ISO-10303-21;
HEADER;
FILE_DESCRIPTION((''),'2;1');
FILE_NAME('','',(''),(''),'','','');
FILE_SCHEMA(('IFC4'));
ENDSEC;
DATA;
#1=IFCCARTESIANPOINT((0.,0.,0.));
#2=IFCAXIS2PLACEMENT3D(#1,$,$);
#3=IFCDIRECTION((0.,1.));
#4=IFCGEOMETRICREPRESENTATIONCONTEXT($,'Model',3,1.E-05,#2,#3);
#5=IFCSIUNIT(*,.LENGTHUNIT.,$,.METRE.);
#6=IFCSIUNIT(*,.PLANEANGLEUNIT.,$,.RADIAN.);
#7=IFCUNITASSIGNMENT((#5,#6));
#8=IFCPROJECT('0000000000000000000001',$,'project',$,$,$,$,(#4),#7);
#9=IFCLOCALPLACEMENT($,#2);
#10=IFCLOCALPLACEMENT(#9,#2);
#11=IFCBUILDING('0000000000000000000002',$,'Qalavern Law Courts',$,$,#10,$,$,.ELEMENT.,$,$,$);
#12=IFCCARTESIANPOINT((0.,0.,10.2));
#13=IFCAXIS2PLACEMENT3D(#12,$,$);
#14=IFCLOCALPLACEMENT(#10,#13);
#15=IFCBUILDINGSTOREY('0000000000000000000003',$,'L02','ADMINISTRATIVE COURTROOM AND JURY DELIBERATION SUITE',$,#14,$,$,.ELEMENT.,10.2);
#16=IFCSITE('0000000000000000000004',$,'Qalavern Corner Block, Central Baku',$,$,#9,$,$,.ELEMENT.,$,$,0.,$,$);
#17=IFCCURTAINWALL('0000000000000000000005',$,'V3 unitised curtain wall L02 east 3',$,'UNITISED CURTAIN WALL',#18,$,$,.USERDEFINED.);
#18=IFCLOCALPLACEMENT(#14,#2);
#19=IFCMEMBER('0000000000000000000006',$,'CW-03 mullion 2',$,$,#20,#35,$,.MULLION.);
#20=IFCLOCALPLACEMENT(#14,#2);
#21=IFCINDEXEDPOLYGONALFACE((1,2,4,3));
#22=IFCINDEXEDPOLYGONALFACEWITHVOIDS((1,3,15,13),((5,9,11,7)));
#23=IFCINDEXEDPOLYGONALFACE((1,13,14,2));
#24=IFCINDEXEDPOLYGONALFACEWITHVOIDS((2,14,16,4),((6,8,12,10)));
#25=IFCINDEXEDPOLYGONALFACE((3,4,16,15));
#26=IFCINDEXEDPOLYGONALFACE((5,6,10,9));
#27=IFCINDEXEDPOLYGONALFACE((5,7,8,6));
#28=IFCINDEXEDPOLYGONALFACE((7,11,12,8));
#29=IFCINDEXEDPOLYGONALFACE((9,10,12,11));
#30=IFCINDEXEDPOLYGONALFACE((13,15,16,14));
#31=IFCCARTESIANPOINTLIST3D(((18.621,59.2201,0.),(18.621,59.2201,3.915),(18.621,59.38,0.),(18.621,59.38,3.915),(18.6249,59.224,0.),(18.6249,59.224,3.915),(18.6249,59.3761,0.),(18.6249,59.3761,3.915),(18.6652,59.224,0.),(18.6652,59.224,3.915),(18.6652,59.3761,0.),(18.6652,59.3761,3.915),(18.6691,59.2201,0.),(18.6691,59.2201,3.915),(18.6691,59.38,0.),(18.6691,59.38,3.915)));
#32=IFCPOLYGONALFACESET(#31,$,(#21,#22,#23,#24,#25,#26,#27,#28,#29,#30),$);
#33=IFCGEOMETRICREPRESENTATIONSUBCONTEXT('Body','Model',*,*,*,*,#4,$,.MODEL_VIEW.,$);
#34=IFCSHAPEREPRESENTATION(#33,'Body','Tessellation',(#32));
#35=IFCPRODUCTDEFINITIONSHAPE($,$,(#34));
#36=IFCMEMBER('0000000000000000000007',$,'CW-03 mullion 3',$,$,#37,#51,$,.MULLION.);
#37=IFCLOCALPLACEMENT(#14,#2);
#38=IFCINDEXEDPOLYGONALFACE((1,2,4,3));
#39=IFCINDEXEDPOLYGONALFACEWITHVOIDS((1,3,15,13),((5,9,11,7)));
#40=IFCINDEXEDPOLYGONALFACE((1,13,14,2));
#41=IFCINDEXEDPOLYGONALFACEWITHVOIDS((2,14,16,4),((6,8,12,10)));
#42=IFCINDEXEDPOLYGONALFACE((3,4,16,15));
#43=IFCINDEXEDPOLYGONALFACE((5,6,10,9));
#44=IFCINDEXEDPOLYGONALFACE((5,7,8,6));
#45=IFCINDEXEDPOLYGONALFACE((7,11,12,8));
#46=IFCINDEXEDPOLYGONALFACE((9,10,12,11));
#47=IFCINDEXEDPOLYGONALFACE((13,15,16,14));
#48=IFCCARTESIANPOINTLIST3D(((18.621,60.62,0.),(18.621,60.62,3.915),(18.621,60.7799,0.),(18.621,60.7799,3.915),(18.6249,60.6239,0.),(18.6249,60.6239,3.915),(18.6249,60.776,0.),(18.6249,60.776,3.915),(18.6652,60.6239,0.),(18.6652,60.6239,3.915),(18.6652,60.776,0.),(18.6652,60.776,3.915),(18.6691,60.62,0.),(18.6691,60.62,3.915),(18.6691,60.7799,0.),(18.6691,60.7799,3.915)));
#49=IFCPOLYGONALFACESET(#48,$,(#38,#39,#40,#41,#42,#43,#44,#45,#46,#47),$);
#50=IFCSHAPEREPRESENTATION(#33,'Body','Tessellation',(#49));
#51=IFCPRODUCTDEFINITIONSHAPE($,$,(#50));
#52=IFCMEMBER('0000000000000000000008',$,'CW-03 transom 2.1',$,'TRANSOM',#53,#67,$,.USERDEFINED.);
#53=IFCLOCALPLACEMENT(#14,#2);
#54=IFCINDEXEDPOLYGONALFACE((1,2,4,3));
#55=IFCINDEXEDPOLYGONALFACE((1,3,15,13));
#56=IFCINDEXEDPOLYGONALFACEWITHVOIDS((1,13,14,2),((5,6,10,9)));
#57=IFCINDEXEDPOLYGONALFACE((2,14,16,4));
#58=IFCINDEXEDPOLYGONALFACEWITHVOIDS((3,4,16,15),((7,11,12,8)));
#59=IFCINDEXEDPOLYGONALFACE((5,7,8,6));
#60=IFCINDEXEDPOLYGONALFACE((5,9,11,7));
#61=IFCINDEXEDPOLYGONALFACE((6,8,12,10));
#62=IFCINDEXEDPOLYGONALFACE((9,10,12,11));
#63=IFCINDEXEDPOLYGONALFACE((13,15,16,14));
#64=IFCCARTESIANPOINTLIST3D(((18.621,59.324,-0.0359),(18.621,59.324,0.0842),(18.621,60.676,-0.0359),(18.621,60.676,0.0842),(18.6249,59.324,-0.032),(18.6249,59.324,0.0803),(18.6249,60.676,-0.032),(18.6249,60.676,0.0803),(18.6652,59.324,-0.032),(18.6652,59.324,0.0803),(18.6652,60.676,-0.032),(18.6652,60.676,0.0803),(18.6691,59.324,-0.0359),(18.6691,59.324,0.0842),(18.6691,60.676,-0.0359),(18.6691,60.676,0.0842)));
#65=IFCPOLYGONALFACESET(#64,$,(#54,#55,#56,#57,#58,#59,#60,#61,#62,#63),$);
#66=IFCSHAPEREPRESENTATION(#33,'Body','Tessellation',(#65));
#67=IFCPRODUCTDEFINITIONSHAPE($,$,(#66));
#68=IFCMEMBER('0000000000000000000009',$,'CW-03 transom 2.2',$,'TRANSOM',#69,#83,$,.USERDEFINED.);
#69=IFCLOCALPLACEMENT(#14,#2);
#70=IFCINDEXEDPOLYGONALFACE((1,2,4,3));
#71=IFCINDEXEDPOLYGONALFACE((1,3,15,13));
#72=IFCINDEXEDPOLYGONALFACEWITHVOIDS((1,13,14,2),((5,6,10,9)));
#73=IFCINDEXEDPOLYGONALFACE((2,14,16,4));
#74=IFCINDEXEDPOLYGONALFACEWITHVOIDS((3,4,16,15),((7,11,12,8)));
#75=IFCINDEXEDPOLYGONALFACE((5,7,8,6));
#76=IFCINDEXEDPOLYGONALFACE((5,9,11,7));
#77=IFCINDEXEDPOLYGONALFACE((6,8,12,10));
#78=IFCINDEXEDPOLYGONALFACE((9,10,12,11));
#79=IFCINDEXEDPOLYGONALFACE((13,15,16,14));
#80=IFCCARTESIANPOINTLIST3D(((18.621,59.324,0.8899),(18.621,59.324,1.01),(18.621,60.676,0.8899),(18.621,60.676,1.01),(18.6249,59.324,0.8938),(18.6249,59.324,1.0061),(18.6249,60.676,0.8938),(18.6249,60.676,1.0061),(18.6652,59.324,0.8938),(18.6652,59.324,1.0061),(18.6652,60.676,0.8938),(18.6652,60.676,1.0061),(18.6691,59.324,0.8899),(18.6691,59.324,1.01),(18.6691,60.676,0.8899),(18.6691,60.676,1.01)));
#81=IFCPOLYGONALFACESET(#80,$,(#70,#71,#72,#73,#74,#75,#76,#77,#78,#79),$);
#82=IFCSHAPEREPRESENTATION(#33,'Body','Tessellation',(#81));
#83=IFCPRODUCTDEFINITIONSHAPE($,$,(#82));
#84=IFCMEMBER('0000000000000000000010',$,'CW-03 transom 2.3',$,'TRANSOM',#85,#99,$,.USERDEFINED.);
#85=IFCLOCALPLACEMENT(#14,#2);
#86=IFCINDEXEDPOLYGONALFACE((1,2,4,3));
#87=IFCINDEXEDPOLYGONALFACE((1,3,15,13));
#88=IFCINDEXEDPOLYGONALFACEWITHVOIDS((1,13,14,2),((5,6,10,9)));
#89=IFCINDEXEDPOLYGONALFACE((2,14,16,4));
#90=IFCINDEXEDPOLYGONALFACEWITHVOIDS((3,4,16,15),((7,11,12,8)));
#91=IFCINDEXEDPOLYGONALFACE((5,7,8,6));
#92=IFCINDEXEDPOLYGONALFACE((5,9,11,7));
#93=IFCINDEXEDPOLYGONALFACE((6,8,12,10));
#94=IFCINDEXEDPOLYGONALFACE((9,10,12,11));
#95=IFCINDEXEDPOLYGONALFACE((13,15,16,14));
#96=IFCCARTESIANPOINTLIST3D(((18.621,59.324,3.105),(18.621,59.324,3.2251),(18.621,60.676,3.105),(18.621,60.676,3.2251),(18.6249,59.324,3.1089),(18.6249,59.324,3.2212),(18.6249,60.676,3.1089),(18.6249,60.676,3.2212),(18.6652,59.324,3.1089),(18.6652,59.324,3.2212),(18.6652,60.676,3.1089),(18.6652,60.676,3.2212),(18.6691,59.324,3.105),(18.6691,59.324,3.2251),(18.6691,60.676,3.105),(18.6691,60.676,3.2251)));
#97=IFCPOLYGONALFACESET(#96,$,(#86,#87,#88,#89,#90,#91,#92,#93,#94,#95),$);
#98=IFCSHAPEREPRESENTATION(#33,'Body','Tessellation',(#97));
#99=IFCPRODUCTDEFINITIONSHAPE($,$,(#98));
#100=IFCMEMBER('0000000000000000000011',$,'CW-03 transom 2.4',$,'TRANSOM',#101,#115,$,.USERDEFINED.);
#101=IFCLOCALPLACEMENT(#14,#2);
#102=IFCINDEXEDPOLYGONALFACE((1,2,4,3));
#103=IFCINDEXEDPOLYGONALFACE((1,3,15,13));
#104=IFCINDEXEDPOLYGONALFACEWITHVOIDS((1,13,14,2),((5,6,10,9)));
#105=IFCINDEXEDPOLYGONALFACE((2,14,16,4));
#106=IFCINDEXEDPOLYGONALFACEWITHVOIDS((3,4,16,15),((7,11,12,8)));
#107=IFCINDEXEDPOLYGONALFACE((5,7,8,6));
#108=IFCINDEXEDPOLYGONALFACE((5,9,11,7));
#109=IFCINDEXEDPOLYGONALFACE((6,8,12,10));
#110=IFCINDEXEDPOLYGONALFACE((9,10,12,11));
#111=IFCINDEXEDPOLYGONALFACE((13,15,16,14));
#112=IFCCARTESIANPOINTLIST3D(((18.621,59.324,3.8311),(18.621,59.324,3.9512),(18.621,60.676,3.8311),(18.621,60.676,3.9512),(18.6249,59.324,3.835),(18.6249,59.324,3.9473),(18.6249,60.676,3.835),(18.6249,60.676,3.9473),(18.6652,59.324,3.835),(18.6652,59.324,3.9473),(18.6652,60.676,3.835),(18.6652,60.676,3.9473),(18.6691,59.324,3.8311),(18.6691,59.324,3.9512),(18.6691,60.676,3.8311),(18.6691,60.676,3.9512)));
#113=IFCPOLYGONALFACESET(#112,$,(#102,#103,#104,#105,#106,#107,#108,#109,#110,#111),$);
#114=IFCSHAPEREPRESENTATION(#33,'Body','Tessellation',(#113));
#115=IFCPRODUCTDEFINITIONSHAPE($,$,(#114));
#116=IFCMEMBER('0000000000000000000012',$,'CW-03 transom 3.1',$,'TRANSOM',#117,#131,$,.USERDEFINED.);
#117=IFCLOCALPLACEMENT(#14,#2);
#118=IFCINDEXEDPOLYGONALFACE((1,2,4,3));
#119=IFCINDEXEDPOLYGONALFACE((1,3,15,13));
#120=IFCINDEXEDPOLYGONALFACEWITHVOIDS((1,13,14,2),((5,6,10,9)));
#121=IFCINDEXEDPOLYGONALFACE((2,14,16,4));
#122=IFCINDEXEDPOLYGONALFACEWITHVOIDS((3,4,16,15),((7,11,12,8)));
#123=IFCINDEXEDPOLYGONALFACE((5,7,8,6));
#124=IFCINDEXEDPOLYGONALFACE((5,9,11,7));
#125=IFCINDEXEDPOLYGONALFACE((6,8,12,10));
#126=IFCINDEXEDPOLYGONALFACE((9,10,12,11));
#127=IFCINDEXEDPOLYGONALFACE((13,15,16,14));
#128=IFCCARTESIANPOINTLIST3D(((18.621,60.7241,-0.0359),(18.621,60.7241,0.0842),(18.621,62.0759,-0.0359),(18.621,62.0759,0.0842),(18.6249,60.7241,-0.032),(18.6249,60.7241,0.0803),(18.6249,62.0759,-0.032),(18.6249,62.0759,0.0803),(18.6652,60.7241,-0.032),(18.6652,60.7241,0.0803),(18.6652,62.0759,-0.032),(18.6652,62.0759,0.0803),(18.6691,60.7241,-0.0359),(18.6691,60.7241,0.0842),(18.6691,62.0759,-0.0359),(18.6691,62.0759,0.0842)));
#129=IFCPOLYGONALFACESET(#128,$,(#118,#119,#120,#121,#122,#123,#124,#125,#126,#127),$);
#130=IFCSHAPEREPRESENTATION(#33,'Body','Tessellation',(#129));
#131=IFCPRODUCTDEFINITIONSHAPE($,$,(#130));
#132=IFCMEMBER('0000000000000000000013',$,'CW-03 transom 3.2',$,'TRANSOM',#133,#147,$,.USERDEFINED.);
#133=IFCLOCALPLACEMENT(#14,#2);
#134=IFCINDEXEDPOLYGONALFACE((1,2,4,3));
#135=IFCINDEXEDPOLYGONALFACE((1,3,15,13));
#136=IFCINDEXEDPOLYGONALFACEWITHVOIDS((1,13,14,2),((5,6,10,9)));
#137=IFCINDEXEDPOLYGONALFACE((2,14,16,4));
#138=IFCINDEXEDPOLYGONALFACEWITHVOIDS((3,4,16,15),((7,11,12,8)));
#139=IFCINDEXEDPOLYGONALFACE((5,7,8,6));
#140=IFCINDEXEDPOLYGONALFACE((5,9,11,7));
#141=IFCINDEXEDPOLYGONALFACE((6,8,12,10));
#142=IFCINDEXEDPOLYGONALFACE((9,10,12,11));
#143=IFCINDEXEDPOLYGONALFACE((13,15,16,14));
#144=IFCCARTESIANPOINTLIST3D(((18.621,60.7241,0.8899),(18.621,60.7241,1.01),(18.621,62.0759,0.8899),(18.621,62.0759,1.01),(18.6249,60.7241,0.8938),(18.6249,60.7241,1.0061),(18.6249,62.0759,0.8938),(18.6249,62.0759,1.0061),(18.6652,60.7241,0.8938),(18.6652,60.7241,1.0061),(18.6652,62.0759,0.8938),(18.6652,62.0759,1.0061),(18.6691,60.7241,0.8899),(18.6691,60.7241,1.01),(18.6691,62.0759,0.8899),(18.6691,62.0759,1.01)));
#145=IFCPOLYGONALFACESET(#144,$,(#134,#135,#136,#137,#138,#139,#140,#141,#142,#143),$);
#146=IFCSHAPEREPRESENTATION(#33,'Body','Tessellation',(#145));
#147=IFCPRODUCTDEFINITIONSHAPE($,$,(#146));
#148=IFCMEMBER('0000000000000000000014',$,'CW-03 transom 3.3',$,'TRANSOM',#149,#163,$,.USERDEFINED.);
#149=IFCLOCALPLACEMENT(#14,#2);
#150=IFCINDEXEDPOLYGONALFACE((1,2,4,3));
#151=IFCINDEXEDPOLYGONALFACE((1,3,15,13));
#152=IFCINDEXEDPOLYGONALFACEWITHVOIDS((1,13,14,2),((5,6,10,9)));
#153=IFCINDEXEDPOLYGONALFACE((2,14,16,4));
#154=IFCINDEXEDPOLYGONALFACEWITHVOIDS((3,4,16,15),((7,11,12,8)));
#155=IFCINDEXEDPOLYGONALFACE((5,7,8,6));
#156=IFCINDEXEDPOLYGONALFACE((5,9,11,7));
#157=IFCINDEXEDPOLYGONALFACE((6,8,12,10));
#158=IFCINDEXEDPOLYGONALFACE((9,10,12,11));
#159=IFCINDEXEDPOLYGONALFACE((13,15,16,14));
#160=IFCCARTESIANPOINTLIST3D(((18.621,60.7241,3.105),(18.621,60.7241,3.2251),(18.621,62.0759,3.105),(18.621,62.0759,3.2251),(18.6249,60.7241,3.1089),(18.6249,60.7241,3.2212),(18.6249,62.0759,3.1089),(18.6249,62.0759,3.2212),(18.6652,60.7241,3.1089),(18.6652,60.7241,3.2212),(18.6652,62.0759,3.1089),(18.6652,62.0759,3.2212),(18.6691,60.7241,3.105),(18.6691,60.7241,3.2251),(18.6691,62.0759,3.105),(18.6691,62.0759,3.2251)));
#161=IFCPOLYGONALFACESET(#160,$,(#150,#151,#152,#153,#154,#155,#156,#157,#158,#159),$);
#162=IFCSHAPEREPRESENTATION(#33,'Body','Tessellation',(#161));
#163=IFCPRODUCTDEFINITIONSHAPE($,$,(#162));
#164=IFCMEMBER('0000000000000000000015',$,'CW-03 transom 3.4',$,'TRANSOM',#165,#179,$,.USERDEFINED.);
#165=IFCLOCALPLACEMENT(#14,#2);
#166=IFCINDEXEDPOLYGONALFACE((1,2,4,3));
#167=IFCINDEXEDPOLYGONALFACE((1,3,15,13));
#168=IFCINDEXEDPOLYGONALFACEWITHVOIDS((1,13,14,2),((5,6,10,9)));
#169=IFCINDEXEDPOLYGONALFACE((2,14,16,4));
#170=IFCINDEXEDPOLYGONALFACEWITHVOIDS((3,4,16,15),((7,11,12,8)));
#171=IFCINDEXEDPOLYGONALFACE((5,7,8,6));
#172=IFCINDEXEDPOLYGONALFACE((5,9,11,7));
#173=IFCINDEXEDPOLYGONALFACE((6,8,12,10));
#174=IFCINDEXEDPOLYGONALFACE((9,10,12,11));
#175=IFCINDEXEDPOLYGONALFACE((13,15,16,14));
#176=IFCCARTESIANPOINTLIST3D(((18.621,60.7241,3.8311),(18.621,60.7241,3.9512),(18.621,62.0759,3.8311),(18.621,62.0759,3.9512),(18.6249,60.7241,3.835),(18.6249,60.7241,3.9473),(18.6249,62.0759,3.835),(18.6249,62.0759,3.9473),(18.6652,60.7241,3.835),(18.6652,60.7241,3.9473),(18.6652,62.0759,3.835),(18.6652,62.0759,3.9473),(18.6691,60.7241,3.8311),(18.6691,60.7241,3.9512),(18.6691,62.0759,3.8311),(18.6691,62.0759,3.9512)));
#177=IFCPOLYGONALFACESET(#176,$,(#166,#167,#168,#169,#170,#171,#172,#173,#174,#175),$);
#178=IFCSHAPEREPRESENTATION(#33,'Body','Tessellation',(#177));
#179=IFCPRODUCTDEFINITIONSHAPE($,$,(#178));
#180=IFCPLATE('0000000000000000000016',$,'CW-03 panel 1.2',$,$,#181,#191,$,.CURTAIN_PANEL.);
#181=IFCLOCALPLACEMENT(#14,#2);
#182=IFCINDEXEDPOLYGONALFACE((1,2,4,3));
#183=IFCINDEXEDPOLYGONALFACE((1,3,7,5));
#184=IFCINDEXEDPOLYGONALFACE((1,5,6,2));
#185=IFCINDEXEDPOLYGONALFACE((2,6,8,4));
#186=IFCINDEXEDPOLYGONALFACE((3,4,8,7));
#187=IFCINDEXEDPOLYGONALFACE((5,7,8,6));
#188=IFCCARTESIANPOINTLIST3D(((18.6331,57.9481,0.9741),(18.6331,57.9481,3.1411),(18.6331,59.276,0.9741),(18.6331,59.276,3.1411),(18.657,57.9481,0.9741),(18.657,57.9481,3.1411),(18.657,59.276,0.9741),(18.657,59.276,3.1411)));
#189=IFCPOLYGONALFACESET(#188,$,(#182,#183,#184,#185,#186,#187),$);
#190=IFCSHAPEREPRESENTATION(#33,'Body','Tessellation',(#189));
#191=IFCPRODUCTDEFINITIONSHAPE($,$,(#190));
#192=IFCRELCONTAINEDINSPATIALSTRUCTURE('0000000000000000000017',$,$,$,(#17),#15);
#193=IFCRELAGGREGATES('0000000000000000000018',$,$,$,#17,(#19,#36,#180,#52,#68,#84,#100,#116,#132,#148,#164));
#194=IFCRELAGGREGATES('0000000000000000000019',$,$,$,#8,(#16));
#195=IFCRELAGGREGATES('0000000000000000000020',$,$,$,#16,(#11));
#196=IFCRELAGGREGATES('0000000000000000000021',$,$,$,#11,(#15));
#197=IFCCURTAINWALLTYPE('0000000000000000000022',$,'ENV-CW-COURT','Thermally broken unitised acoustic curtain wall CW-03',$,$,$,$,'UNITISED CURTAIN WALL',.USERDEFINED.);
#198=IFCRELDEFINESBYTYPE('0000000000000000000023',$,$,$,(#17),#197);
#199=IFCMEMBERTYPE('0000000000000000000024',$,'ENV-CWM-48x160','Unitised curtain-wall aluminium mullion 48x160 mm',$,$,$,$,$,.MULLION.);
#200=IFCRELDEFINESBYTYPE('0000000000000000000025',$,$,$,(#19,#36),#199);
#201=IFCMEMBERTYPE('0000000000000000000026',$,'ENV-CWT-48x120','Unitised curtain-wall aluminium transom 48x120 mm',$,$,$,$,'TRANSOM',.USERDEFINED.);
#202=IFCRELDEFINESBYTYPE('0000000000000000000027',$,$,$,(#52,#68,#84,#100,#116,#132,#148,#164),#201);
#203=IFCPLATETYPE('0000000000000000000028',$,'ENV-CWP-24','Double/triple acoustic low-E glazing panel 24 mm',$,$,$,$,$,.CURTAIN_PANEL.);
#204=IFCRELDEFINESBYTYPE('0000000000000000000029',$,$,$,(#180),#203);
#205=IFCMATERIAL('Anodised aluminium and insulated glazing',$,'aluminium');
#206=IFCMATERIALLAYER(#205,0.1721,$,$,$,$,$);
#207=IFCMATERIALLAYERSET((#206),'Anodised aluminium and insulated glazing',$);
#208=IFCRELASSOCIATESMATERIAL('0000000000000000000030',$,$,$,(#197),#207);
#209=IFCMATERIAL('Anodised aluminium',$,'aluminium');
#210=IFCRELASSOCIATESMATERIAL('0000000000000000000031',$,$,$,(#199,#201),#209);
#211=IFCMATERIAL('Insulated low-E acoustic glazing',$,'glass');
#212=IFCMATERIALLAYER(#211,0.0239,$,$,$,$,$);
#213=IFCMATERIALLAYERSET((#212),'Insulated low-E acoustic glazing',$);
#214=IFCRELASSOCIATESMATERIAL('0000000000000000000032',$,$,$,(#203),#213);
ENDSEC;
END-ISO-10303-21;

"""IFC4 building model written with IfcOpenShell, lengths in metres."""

from ifc_helpers import new_model, si_unit, direction, frame, origin, origin_2d, place, context, subcontext, project, spatial, rectangle, hollow_rectangle, extrude, material, layer, layer_set, material_profile, profile_set, type_object, element, aggregate, save


model = new_model("IFC4")

# Units and contexts
model_context = context("Model", 3, precision=1e-05, world=origin(), true_north=direction((0.0, 1.0)))
body_context = subcontext(model_context, "Body", "Model", "MODEL_VIEW")
ifc_project = project(units=[si_unit("LENGTHUNIT", "METRE"), si_unit("PLANEANGLEUNIT", "RADIAN")], contexts=[model_context])

# Site, building, storey
site_placement = place(None, origin())
site = spatial("IfcSite", under=ifc_project, at=site_placement, Name="Qalavern Corner Block, Central Baku", CompositionType="ELEMENT", RefElevation=0.0)
building_placement = place(site_placement, origin())
building = spatial("IfcBuilding", under=site, at=building_placement, Name="Qalavern Law Courts", CompositionType="ELEMENT")
storey_placement = place(building_placement, frame((0.0, 0.0, 10.2)))
storey = spatial("IfcBuildingStorey", under=building, at=storey_placement, Name="L02", Description="ADMINISTRATIVE COURTROOM AND JURY DELIBERATION SUITE", CompositionType="ELEMENT", Elevation=10.2)

# Curtain wall, members, plate
ifc_material_1 = material(Name="Anodised aluminium and insulated glazing", Category="aluminium")
ifc_layer_1 = layer(ifc_material_1, 0.1721)
ifc_layer_set_1 = layer_set([ifc_layer_1], Name="Anodised aluminium and insulated glazing")
curtain_wall_type = type_object("IfcCurtainWallType", Name="ENV-CW-COURT", Description="Thermally broken unitised acoustic curtain wall CW-03", ElementType="UNITISED CURTAIN WALL", PredefinedType="USERDEFINED", material=ifc_layer_set_1)
curtain_wall_placement = place(storey_placement, origin())
curtain_wall = element("IfcCurtainWall", 1, at=curtain_wall_placement, inside=storey, type_object=curtain_wall_type, Name="V3 unitised curtain wall L02 east 3", ObjectType="UNITISED CURTAIN WALL", PredefinedType="USERDEFINED")
ifc_material_2 = material(Name="Anodised aluminium", Category="aluminium")
ifc_material_profile_1 = material_profile(ifc_material_2, hollow_rectangle(XDim=0.0481, YDim=0.1599, WallThickness=0.0039, at=origin_2d()), Name="ALU MULLION 48x160")
ifc_profile_set_1 = profile_set([ifc_material_profile_1], Name="Anodised aluminium")
member_type_1 = type_object("IfcMemberType", Name="ENV-CWM-48x160", Description="Unitised curtain-wall aluminium mullion 48x160 mm", PredefinedType="MULLION", material=ifc_profile_set_1)
member_1_placement = place(storey_placement, frame((18.645, 59.3, 0.0), z_axis=(0.0, 0.0, 1.0), x_axis=(-1.0, 0.0, 0.0)))
member_1 = element("IfcMember", 2, at=member_1_placement, type_object=member_type_1, Name="CW-03 mullion 2", PredefinedType="MULLION", context=body_context, shape_type="SweptSolid", body=[
    extrude(hollow_rectangle(XDim=0.0481, YDim=0.1599, WallThickness=0.0039, at=origin_2d()), origin(), (0.0, 0.0, 1.0), 3.915),
])
member_2_placement = place(storey_placement, frame((18.645, 60.7, 0.0), z_axis=(0.0, 0.0, 1.0), x_axis=(-1.0, 0.0, 0.0)))
member_2 = element("IfcMember", 3, at=member_2_placement, type_object=member_type_1, Name="CW-03 mullion 3", PredefinedType="MULLION", context=body_context, shape_type="SweptSolid", body=[
    extrude(hollow_rectangle(XDim=0.0481, YDim=0.1599, WallThickness=0.0039, at=origin_2d()), origin(), (0.0, 0.0, 1.0), 3.915),
])
ifc_material_profile_2 = material_profile(ifc_material_2, hollow_rectangle(XDim=0.0481, YDim=0.1201, WallThickness=0.0039, at=origin_2d()), Name="ALU TRANSOM 48x120")
ifc_profile_set_2 = profile_set([ifc_material_profile_2], Name="Anodised aluminium")
member_type_2 = type_object("IfcMemberType", Name="ENV-CWT-48x120", Description="Unitised curtain-wall aluminium transom 48x120 mm", ElementType="TRANSOM", PredefinedType="USERDEFINED", material=ifc_profile_set_2)
member_3_placement = place(storey_placement, frame((18.645, 59.324, 0.0242), z_axis=(0.0, 1.0, 0.0), x_axis=(-1.0, 0.0, 0.0)))
member_3 = element("IfcMember", 4, at=member_3_placement, type_object=member_type_2, Name="CW-03 transom 2.1", ObjectType="TRANSOM", PredefinedType="USERDEFINED", context=body_context, shape_type="SweptSolid", body=[
    extrude(hollow_rectangle(XDim=0.0481, YDim=0.1201, WallThickness=0.0039, at=origin_2d()), origin(), (0.0, 0.0, 1.0), 1.3521),
])
member_4_placement = place(storey_placement, frame((18.645, 59.324, 0.95), z_axis=(0.0, 1.0, 0.0), x_axis=(-1.0, 0.0, 0.0)))
member_4 = element("IfcMember", 5, at=member_4_placement, type_object=member_type_2, Name="CW-03 transom 2.2", ObjectType="TRANSOM", PredefinedType="USERDEFINED", context=body_context, shape_type="SweptSolid", body=[
    extrude(hollow_rectangle(XDim=0.0481, YDim=0.1201, WallThickness=0.0039, at=origin_2d()), origin(), (0.0, 0.0, 1.0), 1.3521),
])
member_5_placement = place(storey_placement, frame((18.645, 59.324, 3.165), z_axis=(0.0, 1.0, 0.0), x_axis=(-1.0, 0.0, 0.0)))
member_5 = element("IfcMember", 6, at=member_5_placement, type_object=member_type_2, Name="CW-03 transom 2.3", ObjectType="TRANSOM", PredefinedType="USERDEFINED", context=body_context, shape_type="SweptSolid", body=[
    extrude(hollow_rectangle(XDim=0.0481, YDim=0.1201, WallThickness=0.0039, at=origin_2d()), origin(), (0.0, 0.0, 1.0), 1.3521),
])
member_6_placement = place(storey_placement, frame((18.645, 59.324, 3.8911), z_axis=(0.0, 1.0, 0.0), x_axis=(-1.0, 0.0, 0.0)))
member_6 = element("IfcMember", 7, at=member_6_placement, type_object=member_type_2, Name="CW-03 transom 2.4", ObjectType="TRANSOM", PredefinedType="USERDEFINED", context=body_context, shape_type="SweptSolid", body=[
    extrude(hollow_rectangle(XDim=0.0481, YDim=0.1201, WallThickness=0.0039, at=origin_2d()), origin(), (0.0, 0.0, 1.0), 1.3521),
])
member_7_placement = place(storey_placement, frame((18.645, 60.7241, 0.0242), z_axis=(0.0, 1.0, 0.0), x_axis=(-1.0, 0.0, 0.0)))
member_7 = element("IfcMember", 8, at=member_7_placement, type_object=member_type_2, Name="CW-03 transom 3.1", ObjectType="TRANSOM", PredefinedType="USERDEFINED", context=body_context, shape_type="SweptSolid", body=[
    extrude(hollow_rectangle(XDim=0.0481, YDim=0.1201, WallThickness=0.0039, at=origin_2d()), origin(), (0.0, 0.0, 1.0), 1.3518),
])
member_8_placement = place(storey_placement, frame((18.645, 60.7241, 0.95), z_axis=(0.0, 1.0, 0.0), x_axis=(-1.0, 0.0, 0.0)))
member_8 = element("IfcMember", 9, at=member_8_placement, type_object=member_type_2, Name="CW-03 transom 3.2", ObjectType="TRANSOM", PredefinedType="USERDEFINED", context=body_context, shape_type="SweptSolid", body=[
    extrude(hollow_rectangle(XDim=0.0481, YDim=0.1201, WallThickness=0.0039, at=origin_2d()), origin(), (0.0, 0.0, 1.0), 1.3518),
])
member_9_placement = place(storey_placement, frame((18.645, 60.7241, 3.165), z_axis=(0.0, 1.0, 0.0), x_axis=(-1.0, 0.0, 0.0)))
member_9 = element("IfcMember", 10, at=member_9_placement, type_object=member_type_2, Name="CW-03 transom 3.3", ObjectType="TRANSOM", PredefinedType="USERDEFINED", context=body_context, shape_type="SweptSolid", body=[
    extrude(hollow_rectangle(XDim=0.0481, YDim=0.1201, WallThickness=0.0039, at=origin_2d()), origin(), (0.0, 0.0, 1.0), 1.3518),
])
member_10_placement = place(storey_placement, frame((18.645, 60.7241, 3.8911), z_axis=(0.0, 1.0, 0.0), x_axis=(-1.0, 0.0, 0.0)))
member_10 = element("IfcMember", 11, at=member_10_placement, type_object=member_type_2, Name="CW-03 transom 3.4", ObjectType="TRANSOM", PredefinedType="USERDEFINED", context=body_context, shape_type="SweptSolid", body=[
    extrude(hollow_rectangle(XDim=0.0481, YDim=0.1201, WallThickness=0.0039, at=origin_2d()), origin(), (0.0, 0.0, 1.0), 1.3518),
])
ifc_material_3 = material(Name="Insulated low-E acoustic glazing", Category="glass")
ifc_layer_2 = layer(ifc_material_3, 0.0239)
ifc_layer_set_2 = layer_set([ifc_layer_2], Name="Insulated low-E acoustic glazing")
plate_type = type_object("IfcPlateType", Name="ENV-CWP-24", Description="Double/triple acoustic low-E glazing panel 24 mm", PredefinedType="CURTAIN_PANEL", material=ifc_layer_set_2)
plate_1_placement = place(storey_placement, frame((18.645, 58.6121, 0.9741), z_axis=(0.0, 0.0, 1.0), x_axis=(0.0, 1.0, 0.0)))
plate_1 = element("IfcPlate", 12, at=plate_1_placement, type_object=plate_type, Name="CW-03 panel 1.2", PredefinedType="CURTAIN_PANEL", context=body_context, shape_type="SweptSolid", body=[
    extrude(rectangle(XDim=1.3279, YDim=0.0239, at=origin_2d()), origin(), (0.0, 0.0, 1.0), 2.167),
])
aggregate(curtain_wall, [member_1, member_2, plate_1, member_3, member_4, member_5, member_6, member_7, member_8, member_9, member_10])

save(model, "model.ifc")
